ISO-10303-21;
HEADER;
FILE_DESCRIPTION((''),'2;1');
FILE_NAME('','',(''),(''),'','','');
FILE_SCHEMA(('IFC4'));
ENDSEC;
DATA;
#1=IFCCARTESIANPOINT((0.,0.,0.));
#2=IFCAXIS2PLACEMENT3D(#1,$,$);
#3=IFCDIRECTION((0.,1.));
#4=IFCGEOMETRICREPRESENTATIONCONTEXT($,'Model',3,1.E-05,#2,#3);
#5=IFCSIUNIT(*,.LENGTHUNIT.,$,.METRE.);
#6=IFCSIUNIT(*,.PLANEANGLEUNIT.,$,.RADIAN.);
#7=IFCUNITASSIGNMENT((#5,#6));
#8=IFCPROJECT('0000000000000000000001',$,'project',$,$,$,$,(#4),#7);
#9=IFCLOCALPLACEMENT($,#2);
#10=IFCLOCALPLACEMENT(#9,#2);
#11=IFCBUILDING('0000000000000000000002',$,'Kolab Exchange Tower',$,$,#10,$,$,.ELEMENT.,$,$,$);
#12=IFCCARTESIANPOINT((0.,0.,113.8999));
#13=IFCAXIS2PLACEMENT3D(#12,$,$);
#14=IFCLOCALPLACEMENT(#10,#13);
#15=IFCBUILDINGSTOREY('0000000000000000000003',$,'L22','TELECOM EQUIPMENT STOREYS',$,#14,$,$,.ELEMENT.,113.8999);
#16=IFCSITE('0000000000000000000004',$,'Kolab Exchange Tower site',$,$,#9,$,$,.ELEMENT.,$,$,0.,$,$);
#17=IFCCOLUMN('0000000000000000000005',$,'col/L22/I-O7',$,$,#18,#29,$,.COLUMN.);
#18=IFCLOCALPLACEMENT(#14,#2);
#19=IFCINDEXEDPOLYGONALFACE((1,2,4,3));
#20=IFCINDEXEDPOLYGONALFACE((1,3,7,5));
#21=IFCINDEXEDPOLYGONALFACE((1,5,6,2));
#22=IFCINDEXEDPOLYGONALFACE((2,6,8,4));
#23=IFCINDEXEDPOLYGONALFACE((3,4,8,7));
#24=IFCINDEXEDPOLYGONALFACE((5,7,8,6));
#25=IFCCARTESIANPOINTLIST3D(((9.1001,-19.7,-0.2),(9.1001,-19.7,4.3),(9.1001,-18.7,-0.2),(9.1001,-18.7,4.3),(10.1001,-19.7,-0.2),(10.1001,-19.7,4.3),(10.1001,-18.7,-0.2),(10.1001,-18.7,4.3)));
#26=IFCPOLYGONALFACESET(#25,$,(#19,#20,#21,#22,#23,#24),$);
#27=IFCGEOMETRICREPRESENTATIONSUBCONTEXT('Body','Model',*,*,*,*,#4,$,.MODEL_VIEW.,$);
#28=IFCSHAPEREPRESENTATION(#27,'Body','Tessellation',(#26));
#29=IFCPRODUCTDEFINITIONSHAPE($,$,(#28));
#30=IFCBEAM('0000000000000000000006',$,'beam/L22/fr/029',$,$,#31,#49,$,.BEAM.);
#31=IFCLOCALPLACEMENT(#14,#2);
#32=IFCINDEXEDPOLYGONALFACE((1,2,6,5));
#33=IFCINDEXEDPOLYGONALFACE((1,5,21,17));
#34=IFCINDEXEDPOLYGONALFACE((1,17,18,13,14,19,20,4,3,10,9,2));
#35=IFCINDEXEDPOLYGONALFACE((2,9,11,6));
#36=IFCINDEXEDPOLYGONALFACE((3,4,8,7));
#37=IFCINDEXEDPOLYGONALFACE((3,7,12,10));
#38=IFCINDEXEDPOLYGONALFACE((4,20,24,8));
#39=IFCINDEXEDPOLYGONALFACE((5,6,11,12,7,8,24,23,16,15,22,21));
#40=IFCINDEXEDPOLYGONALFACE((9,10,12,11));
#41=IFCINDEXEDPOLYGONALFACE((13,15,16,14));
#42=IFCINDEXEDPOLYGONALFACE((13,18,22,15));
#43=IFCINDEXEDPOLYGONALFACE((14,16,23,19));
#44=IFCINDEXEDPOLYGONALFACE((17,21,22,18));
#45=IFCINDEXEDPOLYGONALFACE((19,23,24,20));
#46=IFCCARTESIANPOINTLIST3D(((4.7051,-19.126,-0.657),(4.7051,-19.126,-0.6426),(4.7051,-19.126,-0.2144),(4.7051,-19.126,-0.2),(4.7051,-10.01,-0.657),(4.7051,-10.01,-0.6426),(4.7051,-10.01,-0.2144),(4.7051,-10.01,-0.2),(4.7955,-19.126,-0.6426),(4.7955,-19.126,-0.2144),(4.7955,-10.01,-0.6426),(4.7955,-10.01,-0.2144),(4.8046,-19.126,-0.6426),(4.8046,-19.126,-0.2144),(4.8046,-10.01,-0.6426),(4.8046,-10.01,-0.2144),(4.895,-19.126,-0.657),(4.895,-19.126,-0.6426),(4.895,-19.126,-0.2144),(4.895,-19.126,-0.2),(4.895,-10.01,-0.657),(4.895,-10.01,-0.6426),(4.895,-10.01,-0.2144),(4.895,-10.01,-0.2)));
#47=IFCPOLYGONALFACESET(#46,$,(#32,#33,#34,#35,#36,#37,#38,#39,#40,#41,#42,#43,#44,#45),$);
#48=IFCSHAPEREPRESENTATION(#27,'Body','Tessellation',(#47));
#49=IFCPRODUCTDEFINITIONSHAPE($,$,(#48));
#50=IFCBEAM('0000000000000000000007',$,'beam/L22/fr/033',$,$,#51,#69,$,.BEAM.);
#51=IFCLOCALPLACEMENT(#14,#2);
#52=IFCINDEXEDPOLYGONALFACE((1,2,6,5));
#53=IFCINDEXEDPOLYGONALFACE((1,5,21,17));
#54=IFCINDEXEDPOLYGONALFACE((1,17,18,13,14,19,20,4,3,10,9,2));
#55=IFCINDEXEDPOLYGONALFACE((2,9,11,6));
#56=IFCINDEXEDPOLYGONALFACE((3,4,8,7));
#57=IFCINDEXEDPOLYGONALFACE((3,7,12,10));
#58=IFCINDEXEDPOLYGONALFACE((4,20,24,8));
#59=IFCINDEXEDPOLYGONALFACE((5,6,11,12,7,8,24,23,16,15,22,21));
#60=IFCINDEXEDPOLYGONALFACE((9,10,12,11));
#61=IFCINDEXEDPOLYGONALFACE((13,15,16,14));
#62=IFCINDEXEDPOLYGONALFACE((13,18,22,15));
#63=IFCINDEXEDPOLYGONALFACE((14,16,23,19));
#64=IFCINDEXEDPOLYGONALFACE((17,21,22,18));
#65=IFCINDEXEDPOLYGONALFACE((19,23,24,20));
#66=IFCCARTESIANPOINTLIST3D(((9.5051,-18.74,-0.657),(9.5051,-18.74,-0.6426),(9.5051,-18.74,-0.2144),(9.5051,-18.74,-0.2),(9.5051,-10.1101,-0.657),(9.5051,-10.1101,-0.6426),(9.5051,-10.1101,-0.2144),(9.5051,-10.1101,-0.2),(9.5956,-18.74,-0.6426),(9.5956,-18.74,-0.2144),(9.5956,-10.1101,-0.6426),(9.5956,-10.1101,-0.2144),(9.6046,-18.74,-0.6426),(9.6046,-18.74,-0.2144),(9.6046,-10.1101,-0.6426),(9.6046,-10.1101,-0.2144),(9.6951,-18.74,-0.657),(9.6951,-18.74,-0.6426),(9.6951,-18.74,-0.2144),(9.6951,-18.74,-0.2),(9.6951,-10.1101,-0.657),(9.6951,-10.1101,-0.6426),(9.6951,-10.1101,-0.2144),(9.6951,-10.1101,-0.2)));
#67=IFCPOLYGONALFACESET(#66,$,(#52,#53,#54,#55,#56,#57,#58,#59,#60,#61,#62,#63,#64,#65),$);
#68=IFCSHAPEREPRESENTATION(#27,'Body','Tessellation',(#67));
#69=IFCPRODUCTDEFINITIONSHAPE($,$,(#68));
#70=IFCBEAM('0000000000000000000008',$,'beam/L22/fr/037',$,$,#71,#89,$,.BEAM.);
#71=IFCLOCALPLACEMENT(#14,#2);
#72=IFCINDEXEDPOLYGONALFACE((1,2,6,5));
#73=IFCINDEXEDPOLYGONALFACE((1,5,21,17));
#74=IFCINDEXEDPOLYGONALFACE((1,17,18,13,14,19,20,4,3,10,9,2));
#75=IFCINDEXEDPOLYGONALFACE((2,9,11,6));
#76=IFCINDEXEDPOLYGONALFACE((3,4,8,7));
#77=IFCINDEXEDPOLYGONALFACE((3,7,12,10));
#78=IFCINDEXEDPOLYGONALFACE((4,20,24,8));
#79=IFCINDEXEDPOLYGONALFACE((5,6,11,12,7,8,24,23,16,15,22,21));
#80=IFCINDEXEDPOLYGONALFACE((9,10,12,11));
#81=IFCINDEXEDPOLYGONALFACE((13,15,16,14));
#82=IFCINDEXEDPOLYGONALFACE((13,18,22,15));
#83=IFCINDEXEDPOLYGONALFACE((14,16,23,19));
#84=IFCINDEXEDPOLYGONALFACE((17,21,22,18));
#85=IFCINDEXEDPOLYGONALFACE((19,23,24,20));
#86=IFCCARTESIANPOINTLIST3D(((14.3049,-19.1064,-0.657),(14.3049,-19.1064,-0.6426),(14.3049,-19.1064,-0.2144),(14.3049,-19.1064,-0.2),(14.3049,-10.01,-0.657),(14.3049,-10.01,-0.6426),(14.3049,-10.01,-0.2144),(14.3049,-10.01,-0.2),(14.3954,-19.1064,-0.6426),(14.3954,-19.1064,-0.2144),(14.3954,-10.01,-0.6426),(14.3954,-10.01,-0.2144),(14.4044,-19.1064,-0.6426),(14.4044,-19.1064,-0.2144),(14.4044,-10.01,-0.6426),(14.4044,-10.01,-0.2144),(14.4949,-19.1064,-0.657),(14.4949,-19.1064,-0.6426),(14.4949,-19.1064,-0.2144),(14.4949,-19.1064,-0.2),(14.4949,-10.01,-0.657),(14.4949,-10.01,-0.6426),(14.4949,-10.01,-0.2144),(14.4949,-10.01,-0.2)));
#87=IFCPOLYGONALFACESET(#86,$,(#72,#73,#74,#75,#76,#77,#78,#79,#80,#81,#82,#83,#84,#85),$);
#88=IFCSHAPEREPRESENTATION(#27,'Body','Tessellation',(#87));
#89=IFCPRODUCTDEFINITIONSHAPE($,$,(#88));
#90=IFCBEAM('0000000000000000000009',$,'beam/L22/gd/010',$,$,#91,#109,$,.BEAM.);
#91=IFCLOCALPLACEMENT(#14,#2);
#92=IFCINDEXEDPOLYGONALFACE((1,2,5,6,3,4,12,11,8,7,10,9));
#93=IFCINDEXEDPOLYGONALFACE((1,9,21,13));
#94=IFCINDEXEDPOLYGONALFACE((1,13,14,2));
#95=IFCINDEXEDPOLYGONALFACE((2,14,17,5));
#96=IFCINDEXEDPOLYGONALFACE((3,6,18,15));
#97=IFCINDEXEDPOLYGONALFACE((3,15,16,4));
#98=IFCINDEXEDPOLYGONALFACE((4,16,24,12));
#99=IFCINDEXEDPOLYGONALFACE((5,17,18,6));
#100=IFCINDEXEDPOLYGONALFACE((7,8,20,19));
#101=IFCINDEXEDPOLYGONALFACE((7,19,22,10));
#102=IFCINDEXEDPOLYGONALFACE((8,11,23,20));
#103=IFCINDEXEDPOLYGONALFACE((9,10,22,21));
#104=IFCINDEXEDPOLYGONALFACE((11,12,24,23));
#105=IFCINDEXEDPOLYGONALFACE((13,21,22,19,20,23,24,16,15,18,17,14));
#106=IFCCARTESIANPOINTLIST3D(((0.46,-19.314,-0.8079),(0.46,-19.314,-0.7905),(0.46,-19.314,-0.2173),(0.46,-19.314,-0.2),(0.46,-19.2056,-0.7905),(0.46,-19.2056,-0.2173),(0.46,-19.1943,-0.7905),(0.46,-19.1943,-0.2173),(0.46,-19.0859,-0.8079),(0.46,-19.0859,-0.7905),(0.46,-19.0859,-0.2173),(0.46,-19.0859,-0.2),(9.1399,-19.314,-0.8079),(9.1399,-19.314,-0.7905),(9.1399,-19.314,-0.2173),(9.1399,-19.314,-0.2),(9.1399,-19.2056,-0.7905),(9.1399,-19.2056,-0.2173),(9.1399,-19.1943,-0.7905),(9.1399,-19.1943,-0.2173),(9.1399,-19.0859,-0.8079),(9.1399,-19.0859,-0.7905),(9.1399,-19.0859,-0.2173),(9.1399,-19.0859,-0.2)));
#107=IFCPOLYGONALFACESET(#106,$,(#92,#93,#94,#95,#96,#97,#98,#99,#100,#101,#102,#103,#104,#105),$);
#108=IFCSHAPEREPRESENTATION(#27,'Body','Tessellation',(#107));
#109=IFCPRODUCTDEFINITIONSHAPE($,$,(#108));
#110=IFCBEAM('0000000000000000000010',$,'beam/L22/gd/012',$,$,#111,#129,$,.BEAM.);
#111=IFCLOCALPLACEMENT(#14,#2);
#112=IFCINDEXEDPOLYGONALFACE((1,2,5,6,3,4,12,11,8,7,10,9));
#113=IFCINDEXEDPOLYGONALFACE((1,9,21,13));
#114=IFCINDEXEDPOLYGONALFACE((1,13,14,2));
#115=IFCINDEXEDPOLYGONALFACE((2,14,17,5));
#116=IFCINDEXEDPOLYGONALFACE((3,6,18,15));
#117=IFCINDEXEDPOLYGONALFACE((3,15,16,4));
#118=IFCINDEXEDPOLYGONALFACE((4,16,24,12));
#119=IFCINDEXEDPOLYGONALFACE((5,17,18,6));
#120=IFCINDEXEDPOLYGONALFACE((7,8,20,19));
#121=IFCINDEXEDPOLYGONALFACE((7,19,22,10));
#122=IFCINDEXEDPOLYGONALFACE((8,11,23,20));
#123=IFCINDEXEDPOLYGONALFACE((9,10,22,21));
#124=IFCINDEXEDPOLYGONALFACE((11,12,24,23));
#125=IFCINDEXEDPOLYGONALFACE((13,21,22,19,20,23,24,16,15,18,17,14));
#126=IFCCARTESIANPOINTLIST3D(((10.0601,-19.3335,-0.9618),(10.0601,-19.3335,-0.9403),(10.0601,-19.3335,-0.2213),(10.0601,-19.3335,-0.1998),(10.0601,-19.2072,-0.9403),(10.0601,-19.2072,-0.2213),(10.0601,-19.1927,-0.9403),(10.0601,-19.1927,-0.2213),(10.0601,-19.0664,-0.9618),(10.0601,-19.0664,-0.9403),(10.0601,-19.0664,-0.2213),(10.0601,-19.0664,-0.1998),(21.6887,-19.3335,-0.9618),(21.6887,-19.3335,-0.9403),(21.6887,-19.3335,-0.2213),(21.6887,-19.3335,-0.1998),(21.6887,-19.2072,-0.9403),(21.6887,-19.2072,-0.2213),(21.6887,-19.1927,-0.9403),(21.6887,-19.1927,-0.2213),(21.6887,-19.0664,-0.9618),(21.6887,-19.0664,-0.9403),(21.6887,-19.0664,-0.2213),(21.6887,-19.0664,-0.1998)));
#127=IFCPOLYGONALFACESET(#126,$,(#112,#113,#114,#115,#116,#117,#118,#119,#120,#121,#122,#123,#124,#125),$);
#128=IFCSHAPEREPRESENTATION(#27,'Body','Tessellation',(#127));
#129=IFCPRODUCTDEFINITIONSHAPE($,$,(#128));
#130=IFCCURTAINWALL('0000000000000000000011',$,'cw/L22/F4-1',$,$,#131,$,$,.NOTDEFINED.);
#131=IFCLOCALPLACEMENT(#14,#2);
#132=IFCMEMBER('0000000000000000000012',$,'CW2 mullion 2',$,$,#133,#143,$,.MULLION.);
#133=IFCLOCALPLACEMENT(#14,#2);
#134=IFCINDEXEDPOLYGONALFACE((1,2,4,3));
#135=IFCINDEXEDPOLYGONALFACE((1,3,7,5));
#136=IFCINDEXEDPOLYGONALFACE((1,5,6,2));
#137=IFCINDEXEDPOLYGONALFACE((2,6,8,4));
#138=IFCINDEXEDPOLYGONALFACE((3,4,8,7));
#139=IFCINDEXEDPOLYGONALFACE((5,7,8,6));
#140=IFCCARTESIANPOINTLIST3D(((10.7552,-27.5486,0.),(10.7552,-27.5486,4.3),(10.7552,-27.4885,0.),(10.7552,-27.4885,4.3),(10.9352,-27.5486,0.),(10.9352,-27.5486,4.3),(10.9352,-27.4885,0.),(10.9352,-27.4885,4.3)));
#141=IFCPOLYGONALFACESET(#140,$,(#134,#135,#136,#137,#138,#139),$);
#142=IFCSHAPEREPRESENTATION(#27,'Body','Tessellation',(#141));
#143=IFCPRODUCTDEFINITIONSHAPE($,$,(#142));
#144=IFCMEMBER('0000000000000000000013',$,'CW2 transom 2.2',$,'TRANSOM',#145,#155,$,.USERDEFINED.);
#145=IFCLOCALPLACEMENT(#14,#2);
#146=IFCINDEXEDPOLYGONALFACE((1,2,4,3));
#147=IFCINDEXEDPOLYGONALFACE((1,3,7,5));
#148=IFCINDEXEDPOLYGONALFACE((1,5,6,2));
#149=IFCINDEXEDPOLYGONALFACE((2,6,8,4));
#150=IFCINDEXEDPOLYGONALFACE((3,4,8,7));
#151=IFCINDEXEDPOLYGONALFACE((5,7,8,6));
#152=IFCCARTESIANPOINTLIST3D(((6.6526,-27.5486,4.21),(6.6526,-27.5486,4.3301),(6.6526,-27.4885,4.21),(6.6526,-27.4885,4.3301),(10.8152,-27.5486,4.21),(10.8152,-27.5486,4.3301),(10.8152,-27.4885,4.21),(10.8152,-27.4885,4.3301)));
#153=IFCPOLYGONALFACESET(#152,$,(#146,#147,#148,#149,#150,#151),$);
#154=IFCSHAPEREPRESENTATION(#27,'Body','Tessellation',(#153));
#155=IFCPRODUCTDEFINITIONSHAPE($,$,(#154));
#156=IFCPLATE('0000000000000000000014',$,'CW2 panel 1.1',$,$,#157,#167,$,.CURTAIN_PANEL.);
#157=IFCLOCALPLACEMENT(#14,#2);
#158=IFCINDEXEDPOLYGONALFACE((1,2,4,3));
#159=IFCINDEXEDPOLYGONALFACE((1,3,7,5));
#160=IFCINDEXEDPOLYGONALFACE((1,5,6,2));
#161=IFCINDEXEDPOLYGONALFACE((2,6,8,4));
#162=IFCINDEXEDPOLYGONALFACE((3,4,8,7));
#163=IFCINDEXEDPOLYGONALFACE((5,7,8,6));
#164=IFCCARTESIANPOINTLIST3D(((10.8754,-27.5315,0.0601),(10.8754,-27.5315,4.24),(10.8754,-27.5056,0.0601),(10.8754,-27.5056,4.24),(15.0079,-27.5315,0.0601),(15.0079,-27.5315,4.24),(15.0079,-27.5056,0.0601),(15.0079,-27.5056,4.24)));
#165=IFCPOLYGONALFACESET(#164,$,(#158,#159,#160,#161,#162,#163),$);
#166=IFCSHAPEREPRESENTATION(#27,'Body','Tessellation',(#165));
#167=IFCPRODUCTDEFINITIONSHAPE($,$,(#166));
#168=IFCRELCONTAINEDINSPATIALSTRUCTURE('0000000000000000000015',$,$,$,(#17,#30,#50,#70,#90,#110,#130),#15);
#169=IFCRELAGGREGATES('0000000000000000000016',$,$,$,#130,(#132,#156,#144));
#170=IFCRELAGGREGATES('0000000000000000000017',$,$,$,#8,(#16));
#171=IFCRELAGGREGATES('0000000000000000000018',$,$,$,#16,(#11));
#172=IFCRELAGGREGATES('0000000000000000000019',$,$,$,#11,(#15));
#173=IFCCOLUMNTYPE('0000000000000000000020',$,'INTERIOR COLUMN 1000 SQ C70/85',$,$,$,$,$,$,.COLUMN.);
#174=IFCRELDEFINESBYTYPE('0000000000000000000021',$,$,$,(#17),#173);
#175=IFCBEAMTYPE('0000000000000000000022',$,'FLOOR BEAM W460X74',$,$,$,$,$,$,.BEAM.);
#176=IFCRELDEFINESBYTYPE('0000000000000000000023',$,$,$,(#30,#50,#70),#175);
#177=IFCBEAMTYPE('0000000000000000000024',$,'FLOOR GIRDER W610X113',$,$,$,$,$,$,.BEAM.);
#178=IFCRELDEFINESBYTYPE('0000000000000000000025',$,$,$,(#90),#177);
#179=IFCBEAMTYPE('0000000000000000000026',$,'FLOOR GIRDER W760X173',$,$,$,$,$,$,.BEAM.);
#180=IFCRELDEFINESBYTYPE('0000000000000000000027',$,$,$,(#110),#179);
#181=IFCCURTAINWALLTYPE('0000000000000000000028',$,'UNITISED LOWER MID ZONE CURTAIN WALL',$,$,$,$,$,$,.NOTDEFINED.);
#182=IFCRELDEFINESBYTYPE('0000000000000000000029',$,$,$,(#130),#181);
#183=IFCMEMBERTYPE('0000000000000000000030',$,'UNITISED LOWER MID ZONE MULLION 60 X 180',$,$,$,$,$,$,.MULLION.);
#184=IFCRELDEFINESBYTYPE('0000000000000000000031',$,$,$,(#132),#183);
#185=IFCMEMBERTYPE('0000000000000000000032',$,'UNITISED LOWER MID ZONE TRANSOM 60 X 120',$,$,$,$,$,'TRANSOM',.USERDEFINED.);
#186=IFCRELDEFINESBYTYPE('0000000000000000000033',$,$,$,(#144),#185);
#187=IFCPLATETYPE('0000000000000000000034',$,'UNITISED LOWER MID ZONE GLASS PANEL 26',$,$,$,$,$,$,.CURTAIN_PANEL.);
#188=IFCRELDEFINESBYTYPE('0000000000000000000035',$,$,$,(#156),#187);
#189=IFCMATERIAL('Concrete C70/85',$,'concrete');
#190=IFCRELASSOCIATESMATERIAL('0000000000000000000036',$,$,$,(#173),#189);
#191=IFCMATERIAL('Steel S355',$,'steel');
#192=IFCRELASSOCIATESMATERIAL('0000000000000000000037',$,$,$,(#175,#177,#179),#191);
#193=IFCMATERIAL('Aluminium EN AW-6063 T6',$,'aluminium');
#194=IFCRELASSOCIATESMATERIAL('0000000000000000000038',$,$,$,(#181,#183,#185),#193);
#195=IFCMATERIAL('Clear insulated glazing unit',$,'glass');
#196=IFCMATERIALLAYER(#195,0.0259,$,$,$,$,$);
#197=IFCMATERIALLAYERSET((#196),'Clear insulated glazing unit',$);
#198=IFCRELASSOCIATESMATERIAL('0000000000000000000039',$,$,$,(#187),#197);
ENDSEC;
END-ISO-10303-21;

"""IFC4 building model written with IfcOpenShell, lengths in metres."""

from ifc_helpers import new_model, si_unit, direction, frame, origin, origin_2d, place, context, subcontext, project, spatial, rectangle, i_section, extrude, material, layer, layer_set, material_profile, profile_set, type_object, element, aggregate, save


model = new_model("IFC4")

# Units and contexts
model_context = context("Model", 3, precision=1e-05, world=origin(), true_north=direction((0.0, 1.0)))
body_context = subcontext(model_context, "Body", "Model", "MODEL_VIEW")
ifc_project = project(units=[si_unit("LENGTHUNIT", "METRE"), si_unit("PLANEANGLEUNIT", "RADIAN")], contexts=[model_context])

# Site, building, storey
site_placement = place(None, origin())
site = spatial("IfcSite", under=ifc_project, at=site_placement, Name="Kolab Exchange Tower site", CompositionType="ELEMENT", RefElevation=0.0)
building_placement = place(site_placement, origin())
building = spatial("IfcBuilding", under=site, at=building_placement, Name="Kolab Exchange Tower", CompositionType="ELEMENT")
storey_placement = place(building_placement, frame((0.0, 0.0, 113.8999)))
storey = spatial("IfcBuildingStorey", under=building, at=storey_placement, Name="L22", Description="TELECOM EQUIPMENT STOREYS", CompositionType="ELEMENT", Elevation=113.8999)

# Column
ifc_material_1 = material(Name="Concrete C70/85", Category="concrete")
ifc_material_profile_1 = material_profile(ifc_material_1, rectangle(XDim=1.0, YDim=1.0, at=origin_2d()), Name="RC1000")
ifc_profile_set_1 = profile_set([ifc_material_profile_1], Name="Concrete C70/85")
column_type = type_object("IfcColumnType", Name="INTERIOR COLUMN 1000 SQ C70/85", PredefinedType="COLUMN", material=ifc_profile_set_1)
column_placement = place(storey_placement, frame((9.6001, -19.2, -0.2), z_axis=(0.0, 0.0, 1.0), x_axis=(1.0, 0.0, 0.0)))
element("IfcColumn", 1, at=column_placement, inside=storey, type_object=column_type, Name="col/L22/I-O7", PredefinedType="COLUMN", context=body_context, shape_type="SweptSolid", body=[
    extrude(rectangle(XDim=1.0, YDim=1.0, at=origin_2d()), origin(), (0.0, 0.0, 1.0), 4.5),
])

# Beams
ifc_material_2 = material(Name="Steel S355", Category="steel")
ifc_material_profile_2 = material_profile(ifc_material_2, i_section(OverallWidth=0.1899, OverallDepth=0.457, WebThickness=0.009, FlangeThickness=0.0144, at=origin_2d()), Name="W460X74")
ifc_profile_set_2 = profile_set([ifc_material_profile_2], Name="Steel S355")
beam_type_1 = type_object("IfcBeamType", Name="FLOOR BEAM W460X74", PredefinedType="BEAM", material=ifc_profile_set_2)
beam_1_placement = place(storey_placement, frame((4.8, -19.126, -0.4285), z_axis=(0.0, 1.0, 0.0), x_axis=(-1.0, 0.0, 0.0)))
element("IfcBeam", 2, at=beam_1_placement, inside=storey, type_object=beam_type_1, Name="beam/L22/fr/029", PredefinedType="BEAM", context=body_context, shape_type="SweptSolid", body=[
    extrude(i_section(OverallWidth=0.1899, OverallDepth=0.457, WebThickness=0.009, FlangeThickness=0.0144, at=origin_2d()), origin(), (0.0, 0.0, 1.0), 9.116),
])
beam_2_placement = place(storey_placement, frame((9.6001, -18.74, -0.4285), z_axis=(0.0, 1.0, 0.0), x_axis=(-1.0, 0.0, 0.0)))
element("IfcBeam", 3, at=beam_2_placement, inside=storey, type_object=beam_type_1, Name="beam/L22/fr/033", PredefinedType="BEAM", context=body_context, shape_type="SweptSolid", body=[
    extrude(i_section(OverallWidth=0.1899, OverallDepth=0.457, WebThickness=0.009, FlangeThickness=0.0144, at=origin_2d()), origin(), (0.0, 0.0, 1.0), 8.6299),
])
beam_3_placement = place(storey_placement, frame((14.3999, -19.1064, -0.4285), z_axis=(0.0, 1.0, 0.0), x_axis=(-1.0, 0.0, 0.0)))
element("IfcBeam", 4, at=beam_3_placement, inside=storey, type_object=beam_type_1, Name="beam/L22/fr/037", PredefinedType="BEAM", context=body_context, shape_type="SweptSolid", body=[
    extrude(i_section(OverallWidth=0.1899, OverallDepth=0.457, WebThickness=0.009, FlangeThickness=0.0144, at=origin_2d()), origin(), (0.0, 0.0, 1.0), 9.0964),
])
ifc_material_profile_3 = material_profile(ifc_material_2, i_section(OverallWidth=0.228, OverallDepth=0.6079, WebThickness=0.0112, FlangeThickness=0.0173, at=origin_2d()), Name="W610X113")
ifc_profile_set_3 = profile_set([ifc_material_profile_3], Name="Steel S355")
beam_type_2 = type_object("IfcBeamType", Name="FLOOR GIRDER W610X113", PredefinedType="BEAM", material=ifc_profile_set_3)
beam_4_placement = place(storey_placement, frame((0.46, -19.2, -0.5039), z_axis=(1.0, 0.0, 0.0), x_axis=(0.0, 1.0, 0.0)))
element("IfcBeam", 5, at=beam_4_placement, inside=storey, type_object=beam_type_2, Name="beam/L22/gd/010", PredefinedType="BEAM", context=body_context, shape_type="SweptSolid", body=[
    extrude(i_section(OverallWidth=0.228, OverallDepth=0.6079, WebThickness=0.0112, FlangeThickness=0.0173, at=origin_2d()), origin(), (0.0, 0.0, 1.0), 8.6799),
])
ifc_material_profile_4 = material_profile(ifc_material_2, i_section(OverallWidth=0.2671, OverallDepth=0.762, WebThickness=0.0144, FlangeThickness=0.0215, at=origin_2d()), Name="W760X173")
ifc_profile_set_4 = profile_set([ifc_material_profile_4], Name="Steel S355")
beam_type_3 = type_object("IfcBeamType", Name="FLOOR GIRDER W760X173", PredefinedType="BEAM", material=ifc_profile_set_4)
beam_5_placement = place(storey_placement, frame((10.0601, -19.2, -0.5808), z_axis=(1.0, 0.0, 0.0), x_axis=(0.0, 1.0, 0.0)))
element("IfcBeam", 6, at=beam_5_placement, inside=storey, type_object=beam_type_3, Name="beam/L22/gd/012", PredefinedType="BEAM", context=body_context, shape_type="SweptSolid", body=[
    extrude(i_section(OverallWidth=0.2671, OverallDepth=0.762, WebThickness=0.0144, FlangeThickness=0.0215, at=origin_2d()), origin(), (0.0, 0.0, 1.0), 11.6287),
])

# Curtain wall, members, plate
ifc_material_3 = material(Name="Aluminium EN AW-6063 T6", Category="aluminium")
curtain_wall_type = type_object("IfcCurtainWallType", Name="UNITISED LOWER MID ZONE CURTAIN WALL", PredefinedType="NOTDEFINED", material=ifc_material_3)
curtain_wall_placement = place(storey_placement, origin())
curtain_wall = element("IfcCurtainWall", 7, at=curtain_wall_placement, inside=storey, type_object=curtain_wall_type, Name="cw/L22/F4-1", PredefinedType="NOTDEFINED")
ifc_material_profile_5 = material_profile(ifc_material_3, rectangle(XDim=0.0601, YDim=0.1799, at=origin_2d()), Name="RECT 60X180")
ifc_profile_set_5 = profile_set([ifc_material_profile_5], Name="Aluminium EN AW-6063 T6")
member_type_1 = type_object("IfcMemberType", Name="UNITISED LOWER MID ZONE MULLION 60 X 180", PredefinedType="MULLION", material=ifc_profile_set_5)
member_1_placement = place(storey_placement, frame((10.8452, -27.5186, 0.0), z_axis=(0.0, 0.0, 1.0), x_axis=(0.0, -1.0, 0.0)))
member_1 = element("IfcMember", 8, at=member_1_placement, type_object=member_type_1, Name="CW2 mullion 2", PredefinedType="MULLION", context=body_context, shape_type="SweptSolid", body=[
    extrude(rectangle(XDim=0.0601, YDim=0.1799, at=origin_2d()), origin(), (0.0, 0.0, 1.0), 4.3),
])
ifc_material_profile_6 = material_profile(ifc_material_3, rectangle(XDim=0.0601, YDim=0.1201, at=origin_2d()), Name="RECT 60X120")
ifc_profile_set_6 = profile_set([ifc_material_profile_6], Name="Aluminium EN AW-6063 T6")
member_type_2 = type_object("IfcMemberType", Name="UNITISED LOWER MID ZONE TRANSOM 60 X 120", ElementType="TRANSOM", PredefinedType="USERDEFINED", material=ifc_profile_set_6)
member_2_placement = place(storey_placement, frame((10.8152, -27.5186, 4.27), z_axis=(-1.0, 0.0, 0.0), x_axis=(0.0, -1.0, 0.0)))
member_2 = element("IfcMember", 9, at=member_2_placement, type_object=member_type_2, Name="CW2 transom 2.2", ObjectType="TRANSOM", PredefinedType="USERDEFINED", context=body_context, shape_type="SweptSolid", body=[
    extrude(rectangle(XDim=0.0601, YDim=0.1201, at=origin_2d()), origin(), (0.0, 0.0, 1.0), 4.1626),
])
ifc_material_4 = material(Name="Clear insulated glazing unit", Category="glass")
ifc_layer_1 = layer(ifc_material_4, 0.0259)
ifc_layer_set_1 = layer_set([ifc_layer_1], Name="Clear insulated glazing unit")
plate_type = type_object("IfcPlateType", Name="UNITISED LOWER MID ZONE GLASS PANEL 26", PredefinedType="CURTAIN_PANEL", material=ifc_layer_set_1)
plate_placement = place(storey_placement, frame((12.9417, -27.5186, 0.0601), z_axis=(0.0, 0.0, 1.0), x_axis=(-1.0, 0.0, 0.0)))
plate = element("IfcPlate", 10, at=plate_placement, type_object=plate_type, Name="CW2 panel 1.1", PredefinedType="CURTAIN_PANEL", context=body_context, shape_type="SweptSolid", body=[
    extrude(rectangle(XDim=4.1326, YDim=0.0259, at=origin_2d()), origin(), (0.0, 0.0, 1.0), 4.1799),
])
aggregate(curtain_wall, [member_1, plate, member_2])

save(model, "model.ifc")
